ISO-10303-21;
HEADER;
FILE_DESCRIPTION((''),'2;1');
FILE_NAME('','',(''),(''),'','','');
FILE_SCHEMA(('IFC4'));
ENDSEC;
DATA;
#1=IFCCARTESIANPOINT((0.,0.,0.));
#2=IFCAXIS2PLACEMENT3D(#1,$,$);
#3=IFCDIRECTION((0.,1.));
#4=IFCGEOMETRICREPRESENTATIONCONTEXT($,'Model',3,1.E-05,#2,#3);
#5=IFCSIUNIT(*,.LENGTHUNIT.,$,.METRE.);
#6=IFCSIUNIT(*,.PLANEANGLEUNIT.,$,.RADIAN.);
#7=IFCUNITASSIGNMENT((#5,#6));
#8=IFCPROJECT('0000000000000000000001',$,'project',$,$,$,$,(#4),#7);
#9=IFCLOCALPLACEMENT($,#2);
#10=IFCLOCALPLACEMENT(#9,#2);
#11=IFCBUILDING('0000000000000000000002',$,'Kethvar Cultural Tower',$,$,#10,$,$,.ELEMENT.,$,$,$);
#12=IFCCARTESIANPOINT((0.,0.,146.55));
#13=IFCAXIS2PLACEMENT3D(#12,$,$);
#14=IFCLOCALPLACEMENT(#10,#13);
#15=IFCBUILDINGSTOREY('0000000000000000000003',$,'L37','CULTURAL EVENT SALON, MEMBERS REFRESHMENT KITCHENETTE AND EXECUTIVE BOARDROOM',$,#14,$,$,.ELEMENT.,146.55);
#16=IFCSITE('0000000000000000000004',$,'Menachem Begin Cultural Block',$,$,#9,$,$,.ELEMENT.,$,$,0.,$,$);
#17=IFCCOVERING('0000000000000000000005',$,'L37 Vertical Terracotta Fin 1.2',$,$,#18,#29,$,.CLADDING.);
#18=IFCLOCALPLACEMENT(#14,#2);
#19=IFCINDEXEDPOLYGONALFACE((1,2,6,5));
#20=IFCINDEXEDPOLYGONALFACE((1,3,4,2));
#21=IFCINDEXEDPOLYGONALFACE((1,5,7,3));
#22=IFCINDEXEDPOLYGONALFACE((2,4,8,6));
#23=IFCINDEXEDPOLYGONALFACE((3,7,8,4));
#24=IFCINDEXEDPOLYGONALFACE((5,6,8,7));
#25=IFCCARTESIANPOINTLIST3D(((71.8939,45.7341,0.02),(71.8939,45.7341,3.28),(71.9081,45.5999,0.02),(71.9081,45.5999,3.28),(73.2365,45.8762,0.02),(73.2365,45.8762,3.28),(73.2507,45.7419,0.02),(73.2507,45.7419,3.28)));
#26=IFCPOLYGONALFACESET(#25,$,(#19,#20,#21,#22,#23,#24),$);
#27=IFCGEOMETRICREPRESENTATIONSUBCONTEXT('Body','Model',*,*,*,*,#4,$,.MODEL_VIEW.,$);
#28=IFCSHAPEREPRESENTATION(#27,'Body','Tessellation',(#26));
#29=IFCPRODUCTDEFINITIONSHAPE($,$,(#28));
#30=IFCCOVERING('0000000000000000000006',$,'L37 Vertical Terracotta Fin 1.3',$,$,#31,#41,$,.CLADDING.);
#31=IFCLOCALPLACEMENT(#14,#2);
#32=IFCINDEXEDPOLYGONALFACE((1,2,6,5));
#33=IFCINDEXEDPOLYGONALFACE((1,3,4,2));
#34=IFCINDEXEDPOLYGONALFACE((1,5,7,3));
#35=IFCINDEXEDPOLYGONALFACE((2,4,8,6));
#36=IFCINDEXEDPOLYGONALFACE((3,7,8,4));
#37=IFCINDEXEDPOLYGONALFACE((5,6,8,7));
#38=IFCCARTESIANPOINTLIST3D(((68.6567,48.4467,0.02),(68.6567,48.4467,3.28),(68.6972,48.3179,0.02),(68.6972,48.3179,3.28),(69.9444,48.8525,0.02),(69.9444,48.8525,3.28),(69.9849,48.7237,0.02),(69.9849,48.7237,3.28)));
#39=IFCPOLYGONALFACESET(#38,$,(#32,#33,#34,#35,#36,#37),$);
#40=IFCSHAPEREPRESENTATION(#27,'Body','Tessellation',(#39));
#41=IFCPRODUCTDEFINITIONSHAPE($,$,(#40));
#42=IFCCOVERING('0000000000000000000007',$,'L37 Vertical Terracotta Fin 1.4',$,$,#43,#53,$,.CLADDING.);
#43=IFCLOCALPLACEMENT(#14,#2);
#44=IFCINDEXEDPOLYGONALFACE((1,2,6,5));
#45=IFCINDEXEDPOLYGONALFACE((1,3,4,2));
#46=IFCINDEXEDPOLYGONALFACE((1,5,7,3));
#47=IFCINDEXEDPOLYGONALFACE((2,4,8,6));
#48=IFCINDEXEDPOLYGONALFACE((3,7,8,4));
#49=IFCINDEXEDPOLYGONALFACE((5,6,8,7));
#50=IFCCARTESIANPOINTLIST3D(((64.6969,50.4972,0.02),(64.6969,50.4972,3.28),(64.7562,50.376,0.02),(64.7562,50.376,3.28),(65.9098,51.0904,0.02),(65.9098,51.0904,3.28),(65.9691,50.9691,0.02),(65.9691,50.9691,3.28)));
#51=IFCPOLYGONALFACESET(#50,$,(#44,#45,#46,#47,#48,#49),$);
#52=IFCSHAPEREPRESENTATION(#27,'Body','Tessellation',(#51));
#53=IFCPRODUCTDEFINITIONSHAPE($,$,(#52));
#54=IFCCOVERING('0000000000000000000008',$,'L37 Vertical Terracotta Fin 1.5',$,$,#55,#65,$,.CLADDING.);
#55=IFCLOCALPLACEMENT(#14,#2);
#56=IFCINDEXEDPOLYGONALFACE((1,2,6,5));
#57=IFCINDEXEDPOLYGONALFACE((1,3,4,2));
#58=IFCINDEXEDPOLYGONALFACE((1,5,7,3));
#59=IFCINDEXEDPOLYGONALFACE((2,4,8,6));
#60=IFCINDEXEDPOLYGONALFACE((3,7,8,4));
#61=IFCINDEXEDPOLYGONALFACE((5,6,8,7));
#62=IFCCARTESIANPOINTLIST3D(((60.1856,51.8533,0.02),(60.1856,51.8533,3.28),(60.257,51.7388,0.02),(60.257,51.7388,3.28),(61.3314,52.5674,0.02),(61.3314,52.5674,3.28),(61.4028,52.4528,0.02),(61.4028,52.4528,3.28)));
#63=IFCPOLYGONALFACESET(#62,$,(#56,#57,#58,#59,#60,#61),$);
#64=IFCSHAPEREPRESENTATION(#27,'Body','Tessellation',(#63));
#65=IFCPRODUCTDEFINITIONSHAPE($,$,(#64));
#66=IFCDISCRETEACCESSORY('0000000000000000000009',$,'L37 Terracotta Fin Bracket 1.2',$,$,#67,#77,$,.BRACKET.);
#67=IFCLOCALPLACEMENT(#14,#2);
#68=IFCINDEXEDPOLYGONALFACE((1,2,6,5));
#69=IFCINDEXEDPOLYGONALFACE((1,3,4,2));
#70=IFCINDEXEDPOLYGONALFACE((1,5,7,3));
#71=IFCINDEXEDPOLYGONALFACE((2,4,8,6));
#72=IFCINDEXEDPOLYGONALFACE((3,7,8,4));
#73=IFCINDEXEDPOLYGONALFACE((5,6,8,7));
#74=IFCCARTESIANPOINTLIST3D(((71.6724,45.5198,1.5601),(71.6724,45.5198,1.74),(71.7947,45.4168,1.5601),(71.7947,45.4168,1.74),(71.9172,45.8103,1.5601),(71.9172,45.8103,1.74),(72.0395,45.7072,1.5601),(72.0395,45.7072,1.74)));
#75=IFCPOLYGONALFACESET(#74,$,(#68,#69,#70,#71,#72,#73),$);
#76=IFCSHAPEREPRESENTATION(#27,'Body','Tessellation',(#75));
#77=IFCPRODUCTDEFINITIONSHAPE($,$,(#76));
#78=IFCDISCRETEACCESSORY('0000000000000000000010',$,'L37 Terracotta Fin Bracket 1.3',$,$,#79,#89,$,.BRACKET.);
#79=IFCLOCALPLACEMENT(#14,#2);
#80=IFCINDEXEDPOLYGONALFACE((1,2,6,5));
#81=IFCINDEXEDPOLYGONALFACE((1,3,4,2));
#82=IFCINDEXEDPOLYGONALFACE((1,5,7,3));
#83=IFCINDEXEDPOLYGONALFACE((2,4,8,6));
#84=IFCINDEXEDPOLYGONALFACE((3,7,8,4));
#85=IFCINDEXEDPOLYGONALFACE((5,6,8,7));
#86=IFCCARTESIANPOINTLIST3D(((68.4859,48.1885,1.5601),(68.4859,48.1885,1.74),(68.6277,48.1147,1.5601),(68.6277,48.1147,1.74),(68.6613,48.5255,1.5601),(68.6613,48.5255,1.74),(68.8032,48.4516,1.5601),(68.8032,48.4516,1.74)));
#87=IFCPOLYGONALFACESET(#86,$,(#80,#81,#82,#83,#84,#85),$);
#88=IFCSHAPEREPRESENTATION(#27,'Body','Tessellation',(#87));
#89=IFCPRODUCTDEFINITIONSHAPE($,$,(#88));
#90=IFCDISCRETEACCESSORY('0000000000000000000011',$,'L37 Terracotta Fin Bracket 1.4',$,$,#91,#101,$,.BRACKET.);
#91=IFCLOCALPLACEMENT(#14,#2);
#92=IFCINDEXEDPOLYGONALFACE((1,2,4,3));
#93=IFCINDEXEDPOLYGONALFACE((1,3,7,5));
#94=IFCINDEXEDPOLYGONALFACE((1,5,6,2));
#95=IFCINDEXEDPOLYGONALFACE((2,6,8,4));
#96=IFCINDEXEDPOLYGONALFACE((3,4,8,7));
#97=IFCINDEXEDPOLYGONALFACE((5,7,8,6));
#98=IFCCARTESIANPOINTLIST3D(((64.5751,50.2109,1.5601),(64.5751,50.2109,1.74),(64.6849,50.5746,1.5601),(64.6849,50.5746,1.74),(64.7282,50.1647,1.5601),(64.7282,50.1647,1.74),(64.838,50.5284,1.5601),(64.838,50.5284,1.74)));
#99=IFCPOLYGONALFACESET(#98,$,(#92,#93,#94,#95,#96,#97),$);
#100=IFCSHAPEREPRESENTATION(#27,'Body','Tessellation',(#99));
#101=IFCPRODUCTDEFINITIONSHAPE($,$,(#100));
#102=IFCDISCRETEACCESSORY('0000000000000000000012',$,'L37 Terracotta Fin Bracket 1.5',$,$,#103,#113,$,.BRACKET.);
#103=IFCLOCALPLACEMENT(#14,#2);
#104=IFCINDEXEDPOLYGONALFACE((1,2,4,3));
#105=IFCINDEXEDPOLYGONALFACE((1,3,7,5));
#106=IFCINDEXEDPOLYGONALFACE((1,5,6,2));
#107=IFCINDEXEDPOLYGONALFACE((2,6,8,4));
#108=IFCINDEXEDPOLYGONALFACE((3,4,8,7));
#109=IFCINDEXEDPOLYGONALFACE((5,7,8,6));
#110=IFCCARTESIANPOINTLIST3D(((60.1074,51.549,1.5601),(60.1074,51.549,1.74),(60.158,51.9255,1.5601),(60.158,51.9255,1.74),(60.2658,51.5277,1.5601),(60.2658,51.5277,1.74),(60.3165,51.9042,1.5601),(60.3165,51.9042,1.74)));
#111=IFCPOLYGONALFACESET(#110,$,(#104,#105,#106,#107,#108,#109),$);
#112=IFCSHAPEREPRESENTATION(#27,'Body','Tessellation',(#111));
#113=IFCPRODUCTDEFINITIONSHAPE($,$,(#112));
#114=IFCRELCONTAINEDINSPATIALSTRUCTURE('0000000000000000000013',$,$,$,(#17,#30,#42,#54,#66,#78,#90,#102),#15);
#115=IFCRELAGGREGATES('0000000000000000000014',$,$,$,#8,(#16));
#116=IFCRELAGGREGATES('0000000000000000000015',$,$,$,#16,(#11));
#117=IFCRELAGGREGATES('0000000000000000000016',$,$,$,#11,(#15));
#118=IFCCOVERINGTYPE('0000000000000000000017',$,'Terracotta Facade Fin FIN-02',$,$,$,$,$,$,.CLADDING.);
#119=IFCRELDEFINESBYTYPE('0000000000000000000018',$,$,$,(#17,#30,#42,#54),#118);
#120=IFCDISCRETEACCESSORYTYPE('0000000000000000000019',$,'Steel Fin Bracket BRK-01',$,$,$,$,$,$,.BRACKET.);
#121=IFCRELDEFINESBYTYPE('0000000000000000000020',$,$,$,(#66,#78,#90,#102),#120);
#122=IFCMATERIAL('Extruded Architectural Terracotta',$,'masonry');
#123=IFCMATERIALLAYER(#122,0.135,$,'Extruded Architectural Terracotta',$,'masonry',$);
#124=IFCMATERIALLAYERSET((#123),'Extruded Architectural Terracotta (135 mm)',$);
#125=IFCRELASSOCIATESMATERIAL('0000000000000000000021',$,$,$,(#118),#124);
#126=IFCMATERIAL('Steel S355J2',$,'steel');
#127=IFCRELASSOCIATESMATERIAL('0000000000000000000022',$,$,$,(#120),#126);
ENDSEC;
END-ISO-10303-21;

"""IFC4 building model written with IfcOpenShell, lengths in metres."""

from ifc_helpers import new_model, si_unit, direction, frame, origin, origin_2d, place, context, subcontext, project, spatial, rectangle, extrude, source, transform, mapped, material, layer, layer_set, type_object, element, save


model = new_model("IFC4")

# Units and contexts
model_context = context("Model", 3, precision=1e-05, world=origin(), true_north=direction((0.0, 1.0)))
body_context = subcontext(model_context, "Body", "Model", "MODEL_VIEW")
ifc_project = project(units=[si_unit("LENGTHUNIT", "METRE"), si_unit("PLANEANGLEUNIT", "RADIAN")], contexts=[model_context])

# Site, building, storey
site_placement = place(None, origin())
site = spatial("IfcSite", under=ifc_project, at=site_placement, Name="Menachem Begin Cultural Block", CompositionType="ELEMENT", RefElevation=0.0)
building_placement = place(site_placement, origin())
building = spatial("IfcBuilding", under=site, at=building_placement, Name="Kethvar Cultural Tower", CompositionType="ELEMENT")
storey_placement = place(building_placement, frame((0.0, 0.0, 146.55)))
storey = spatial("IfcBuildingStorey", under=building, at=storey_placement, Name="L37", Description="CULTURAL EVENT SALON, MEMBERS REFRESHMENT KITCHENETTE AND EXECUTIVE BOARDROOM", CompositionType="ELEMENT", Elevation=146.55)

# Shared definitions
ifc_material_1 = material(Name="Steel S355J2", Category="steel")

# Coverings
ifc_material_2 = material(Name="Extruded Architectural Terracotta", Category="masonry")
ifc_layer_1 = layer(ifc_material_2, 0.135, Name="Extruded Architectural Terracotta", Category="masonry")
ifc_layer_set_1 = layer_set([ifc_layer_1], Name="Extruded Architectural Terracotta (135 mm)")
covering_type = type_object("IfcCoveringType", Name="Terracotta Facade Fin FIN-02", PredefinedType="CLADDING", material=ifc_layer_set_1)
shared_shape_1 = source(origin(), body_context, "Body", "SweptSolid", [
    extrude(rectangle(XDim=1.3501, YDim=0.135, at=origin_2d()), origin(), (0.0, 0.0, 1.0), 3.26),
])
for number, where, z_axis, x_axis, name in (
    (1, (72.5723, 45.738, 0.02), (0.0, 0.0, 1.0), (0.994449, 0.105223, 0.0), "L37 Vertical Terracotta Fin 1.2"),
    (2, (69.3208, 48.5852, 0.02), (0.0, 0.0, 1.0), (0.953769, 0.300539, 0.0), "L37 Vertical Terracotta Fin 1.3"),
    (3, (65.333, 50.7332, 0.02), (0.0, 0.0, 1.0), (0.898334, 0.439312, 0.0), "L37 Vertical Terracotta Fin 1.4"),
    (4, (60.7942, 52.1531, 0.02), (0.0, 0.0, 1.0), (0.848695, 0.528883, 0.0), "L37 Vertical Terracotta Fin 1.5"),
):
    element("IfcCovering", number, at=place(storey_placement, frame(where, z_axis=z_axis, x_axis=x_axis)), inside=storey, type_object=covering_type, Name=name, PredefinedType="CLADDING", context=body_context, shape_type="MappedRepresentation", body=[
        mapped(shared_shape_1, transform((0.0, 0.0, 0.0), scale=1.0)),
    ])

# Discrete accessories
discrete_accessory_type = type_object("IfcDiscreteAccessoryType", Name="Steel Fin Bracket BRK-01", PredefinedType="BRACKET", material=ifc_material_1)
shared_shape_2 = source(origin(), body_context, "Body", "SweptSolid", [
    extrude(rectangle(XDim=0.3799, YDim=0.1599, at=origin_2d()), origin(), (0.0, 0.0, 1.0), 0.1799),
])
for number, where, z_axis, x_axis, name in (
    (5, (71.856, 45.6135, 1.5601), (0.0, 0.0, 1.0), (0.644524, 0.764584, 0.0), "L37 Terracotta Fin Bracket 1.2"),
    (6, (68.6445, 48.3201, 1.5601), (0.0, 0.0, 1.0), (0.461749, 0.887011, 0.0), "L37 Terracotta Fin Bracket 1.3"),
    (7, (64.7065, 50.3696, 1.5601), (0.0, 0.0, 1.0), (0.289032, 0.957319, 0.0), "L37 Terracotta Fin Bracket 1.4"),
    (8, (60.2119, 51.7266, 1.5601), (0.0, 0.0, 1.0), (0.133294, 0.991076, 0.0), "L37 Terracotta Fin Bracket 1.5"),
):
    element("IfcDiscreteAccessory", number, at=place(storey_placement, frame(where, z_axis=z_axis, x_axis=x_axis)), inside=storey, type_object=discrete_accessory_type, Name=name, PredefinedType="BRACKET", context=body_context, shape_type="MappedRepresentation", body=[
        mapped(shared_shape_2, transform((0.0, 0.0, 0.0), scale=1.0)),
    ])

save(model, "model.ifc")
